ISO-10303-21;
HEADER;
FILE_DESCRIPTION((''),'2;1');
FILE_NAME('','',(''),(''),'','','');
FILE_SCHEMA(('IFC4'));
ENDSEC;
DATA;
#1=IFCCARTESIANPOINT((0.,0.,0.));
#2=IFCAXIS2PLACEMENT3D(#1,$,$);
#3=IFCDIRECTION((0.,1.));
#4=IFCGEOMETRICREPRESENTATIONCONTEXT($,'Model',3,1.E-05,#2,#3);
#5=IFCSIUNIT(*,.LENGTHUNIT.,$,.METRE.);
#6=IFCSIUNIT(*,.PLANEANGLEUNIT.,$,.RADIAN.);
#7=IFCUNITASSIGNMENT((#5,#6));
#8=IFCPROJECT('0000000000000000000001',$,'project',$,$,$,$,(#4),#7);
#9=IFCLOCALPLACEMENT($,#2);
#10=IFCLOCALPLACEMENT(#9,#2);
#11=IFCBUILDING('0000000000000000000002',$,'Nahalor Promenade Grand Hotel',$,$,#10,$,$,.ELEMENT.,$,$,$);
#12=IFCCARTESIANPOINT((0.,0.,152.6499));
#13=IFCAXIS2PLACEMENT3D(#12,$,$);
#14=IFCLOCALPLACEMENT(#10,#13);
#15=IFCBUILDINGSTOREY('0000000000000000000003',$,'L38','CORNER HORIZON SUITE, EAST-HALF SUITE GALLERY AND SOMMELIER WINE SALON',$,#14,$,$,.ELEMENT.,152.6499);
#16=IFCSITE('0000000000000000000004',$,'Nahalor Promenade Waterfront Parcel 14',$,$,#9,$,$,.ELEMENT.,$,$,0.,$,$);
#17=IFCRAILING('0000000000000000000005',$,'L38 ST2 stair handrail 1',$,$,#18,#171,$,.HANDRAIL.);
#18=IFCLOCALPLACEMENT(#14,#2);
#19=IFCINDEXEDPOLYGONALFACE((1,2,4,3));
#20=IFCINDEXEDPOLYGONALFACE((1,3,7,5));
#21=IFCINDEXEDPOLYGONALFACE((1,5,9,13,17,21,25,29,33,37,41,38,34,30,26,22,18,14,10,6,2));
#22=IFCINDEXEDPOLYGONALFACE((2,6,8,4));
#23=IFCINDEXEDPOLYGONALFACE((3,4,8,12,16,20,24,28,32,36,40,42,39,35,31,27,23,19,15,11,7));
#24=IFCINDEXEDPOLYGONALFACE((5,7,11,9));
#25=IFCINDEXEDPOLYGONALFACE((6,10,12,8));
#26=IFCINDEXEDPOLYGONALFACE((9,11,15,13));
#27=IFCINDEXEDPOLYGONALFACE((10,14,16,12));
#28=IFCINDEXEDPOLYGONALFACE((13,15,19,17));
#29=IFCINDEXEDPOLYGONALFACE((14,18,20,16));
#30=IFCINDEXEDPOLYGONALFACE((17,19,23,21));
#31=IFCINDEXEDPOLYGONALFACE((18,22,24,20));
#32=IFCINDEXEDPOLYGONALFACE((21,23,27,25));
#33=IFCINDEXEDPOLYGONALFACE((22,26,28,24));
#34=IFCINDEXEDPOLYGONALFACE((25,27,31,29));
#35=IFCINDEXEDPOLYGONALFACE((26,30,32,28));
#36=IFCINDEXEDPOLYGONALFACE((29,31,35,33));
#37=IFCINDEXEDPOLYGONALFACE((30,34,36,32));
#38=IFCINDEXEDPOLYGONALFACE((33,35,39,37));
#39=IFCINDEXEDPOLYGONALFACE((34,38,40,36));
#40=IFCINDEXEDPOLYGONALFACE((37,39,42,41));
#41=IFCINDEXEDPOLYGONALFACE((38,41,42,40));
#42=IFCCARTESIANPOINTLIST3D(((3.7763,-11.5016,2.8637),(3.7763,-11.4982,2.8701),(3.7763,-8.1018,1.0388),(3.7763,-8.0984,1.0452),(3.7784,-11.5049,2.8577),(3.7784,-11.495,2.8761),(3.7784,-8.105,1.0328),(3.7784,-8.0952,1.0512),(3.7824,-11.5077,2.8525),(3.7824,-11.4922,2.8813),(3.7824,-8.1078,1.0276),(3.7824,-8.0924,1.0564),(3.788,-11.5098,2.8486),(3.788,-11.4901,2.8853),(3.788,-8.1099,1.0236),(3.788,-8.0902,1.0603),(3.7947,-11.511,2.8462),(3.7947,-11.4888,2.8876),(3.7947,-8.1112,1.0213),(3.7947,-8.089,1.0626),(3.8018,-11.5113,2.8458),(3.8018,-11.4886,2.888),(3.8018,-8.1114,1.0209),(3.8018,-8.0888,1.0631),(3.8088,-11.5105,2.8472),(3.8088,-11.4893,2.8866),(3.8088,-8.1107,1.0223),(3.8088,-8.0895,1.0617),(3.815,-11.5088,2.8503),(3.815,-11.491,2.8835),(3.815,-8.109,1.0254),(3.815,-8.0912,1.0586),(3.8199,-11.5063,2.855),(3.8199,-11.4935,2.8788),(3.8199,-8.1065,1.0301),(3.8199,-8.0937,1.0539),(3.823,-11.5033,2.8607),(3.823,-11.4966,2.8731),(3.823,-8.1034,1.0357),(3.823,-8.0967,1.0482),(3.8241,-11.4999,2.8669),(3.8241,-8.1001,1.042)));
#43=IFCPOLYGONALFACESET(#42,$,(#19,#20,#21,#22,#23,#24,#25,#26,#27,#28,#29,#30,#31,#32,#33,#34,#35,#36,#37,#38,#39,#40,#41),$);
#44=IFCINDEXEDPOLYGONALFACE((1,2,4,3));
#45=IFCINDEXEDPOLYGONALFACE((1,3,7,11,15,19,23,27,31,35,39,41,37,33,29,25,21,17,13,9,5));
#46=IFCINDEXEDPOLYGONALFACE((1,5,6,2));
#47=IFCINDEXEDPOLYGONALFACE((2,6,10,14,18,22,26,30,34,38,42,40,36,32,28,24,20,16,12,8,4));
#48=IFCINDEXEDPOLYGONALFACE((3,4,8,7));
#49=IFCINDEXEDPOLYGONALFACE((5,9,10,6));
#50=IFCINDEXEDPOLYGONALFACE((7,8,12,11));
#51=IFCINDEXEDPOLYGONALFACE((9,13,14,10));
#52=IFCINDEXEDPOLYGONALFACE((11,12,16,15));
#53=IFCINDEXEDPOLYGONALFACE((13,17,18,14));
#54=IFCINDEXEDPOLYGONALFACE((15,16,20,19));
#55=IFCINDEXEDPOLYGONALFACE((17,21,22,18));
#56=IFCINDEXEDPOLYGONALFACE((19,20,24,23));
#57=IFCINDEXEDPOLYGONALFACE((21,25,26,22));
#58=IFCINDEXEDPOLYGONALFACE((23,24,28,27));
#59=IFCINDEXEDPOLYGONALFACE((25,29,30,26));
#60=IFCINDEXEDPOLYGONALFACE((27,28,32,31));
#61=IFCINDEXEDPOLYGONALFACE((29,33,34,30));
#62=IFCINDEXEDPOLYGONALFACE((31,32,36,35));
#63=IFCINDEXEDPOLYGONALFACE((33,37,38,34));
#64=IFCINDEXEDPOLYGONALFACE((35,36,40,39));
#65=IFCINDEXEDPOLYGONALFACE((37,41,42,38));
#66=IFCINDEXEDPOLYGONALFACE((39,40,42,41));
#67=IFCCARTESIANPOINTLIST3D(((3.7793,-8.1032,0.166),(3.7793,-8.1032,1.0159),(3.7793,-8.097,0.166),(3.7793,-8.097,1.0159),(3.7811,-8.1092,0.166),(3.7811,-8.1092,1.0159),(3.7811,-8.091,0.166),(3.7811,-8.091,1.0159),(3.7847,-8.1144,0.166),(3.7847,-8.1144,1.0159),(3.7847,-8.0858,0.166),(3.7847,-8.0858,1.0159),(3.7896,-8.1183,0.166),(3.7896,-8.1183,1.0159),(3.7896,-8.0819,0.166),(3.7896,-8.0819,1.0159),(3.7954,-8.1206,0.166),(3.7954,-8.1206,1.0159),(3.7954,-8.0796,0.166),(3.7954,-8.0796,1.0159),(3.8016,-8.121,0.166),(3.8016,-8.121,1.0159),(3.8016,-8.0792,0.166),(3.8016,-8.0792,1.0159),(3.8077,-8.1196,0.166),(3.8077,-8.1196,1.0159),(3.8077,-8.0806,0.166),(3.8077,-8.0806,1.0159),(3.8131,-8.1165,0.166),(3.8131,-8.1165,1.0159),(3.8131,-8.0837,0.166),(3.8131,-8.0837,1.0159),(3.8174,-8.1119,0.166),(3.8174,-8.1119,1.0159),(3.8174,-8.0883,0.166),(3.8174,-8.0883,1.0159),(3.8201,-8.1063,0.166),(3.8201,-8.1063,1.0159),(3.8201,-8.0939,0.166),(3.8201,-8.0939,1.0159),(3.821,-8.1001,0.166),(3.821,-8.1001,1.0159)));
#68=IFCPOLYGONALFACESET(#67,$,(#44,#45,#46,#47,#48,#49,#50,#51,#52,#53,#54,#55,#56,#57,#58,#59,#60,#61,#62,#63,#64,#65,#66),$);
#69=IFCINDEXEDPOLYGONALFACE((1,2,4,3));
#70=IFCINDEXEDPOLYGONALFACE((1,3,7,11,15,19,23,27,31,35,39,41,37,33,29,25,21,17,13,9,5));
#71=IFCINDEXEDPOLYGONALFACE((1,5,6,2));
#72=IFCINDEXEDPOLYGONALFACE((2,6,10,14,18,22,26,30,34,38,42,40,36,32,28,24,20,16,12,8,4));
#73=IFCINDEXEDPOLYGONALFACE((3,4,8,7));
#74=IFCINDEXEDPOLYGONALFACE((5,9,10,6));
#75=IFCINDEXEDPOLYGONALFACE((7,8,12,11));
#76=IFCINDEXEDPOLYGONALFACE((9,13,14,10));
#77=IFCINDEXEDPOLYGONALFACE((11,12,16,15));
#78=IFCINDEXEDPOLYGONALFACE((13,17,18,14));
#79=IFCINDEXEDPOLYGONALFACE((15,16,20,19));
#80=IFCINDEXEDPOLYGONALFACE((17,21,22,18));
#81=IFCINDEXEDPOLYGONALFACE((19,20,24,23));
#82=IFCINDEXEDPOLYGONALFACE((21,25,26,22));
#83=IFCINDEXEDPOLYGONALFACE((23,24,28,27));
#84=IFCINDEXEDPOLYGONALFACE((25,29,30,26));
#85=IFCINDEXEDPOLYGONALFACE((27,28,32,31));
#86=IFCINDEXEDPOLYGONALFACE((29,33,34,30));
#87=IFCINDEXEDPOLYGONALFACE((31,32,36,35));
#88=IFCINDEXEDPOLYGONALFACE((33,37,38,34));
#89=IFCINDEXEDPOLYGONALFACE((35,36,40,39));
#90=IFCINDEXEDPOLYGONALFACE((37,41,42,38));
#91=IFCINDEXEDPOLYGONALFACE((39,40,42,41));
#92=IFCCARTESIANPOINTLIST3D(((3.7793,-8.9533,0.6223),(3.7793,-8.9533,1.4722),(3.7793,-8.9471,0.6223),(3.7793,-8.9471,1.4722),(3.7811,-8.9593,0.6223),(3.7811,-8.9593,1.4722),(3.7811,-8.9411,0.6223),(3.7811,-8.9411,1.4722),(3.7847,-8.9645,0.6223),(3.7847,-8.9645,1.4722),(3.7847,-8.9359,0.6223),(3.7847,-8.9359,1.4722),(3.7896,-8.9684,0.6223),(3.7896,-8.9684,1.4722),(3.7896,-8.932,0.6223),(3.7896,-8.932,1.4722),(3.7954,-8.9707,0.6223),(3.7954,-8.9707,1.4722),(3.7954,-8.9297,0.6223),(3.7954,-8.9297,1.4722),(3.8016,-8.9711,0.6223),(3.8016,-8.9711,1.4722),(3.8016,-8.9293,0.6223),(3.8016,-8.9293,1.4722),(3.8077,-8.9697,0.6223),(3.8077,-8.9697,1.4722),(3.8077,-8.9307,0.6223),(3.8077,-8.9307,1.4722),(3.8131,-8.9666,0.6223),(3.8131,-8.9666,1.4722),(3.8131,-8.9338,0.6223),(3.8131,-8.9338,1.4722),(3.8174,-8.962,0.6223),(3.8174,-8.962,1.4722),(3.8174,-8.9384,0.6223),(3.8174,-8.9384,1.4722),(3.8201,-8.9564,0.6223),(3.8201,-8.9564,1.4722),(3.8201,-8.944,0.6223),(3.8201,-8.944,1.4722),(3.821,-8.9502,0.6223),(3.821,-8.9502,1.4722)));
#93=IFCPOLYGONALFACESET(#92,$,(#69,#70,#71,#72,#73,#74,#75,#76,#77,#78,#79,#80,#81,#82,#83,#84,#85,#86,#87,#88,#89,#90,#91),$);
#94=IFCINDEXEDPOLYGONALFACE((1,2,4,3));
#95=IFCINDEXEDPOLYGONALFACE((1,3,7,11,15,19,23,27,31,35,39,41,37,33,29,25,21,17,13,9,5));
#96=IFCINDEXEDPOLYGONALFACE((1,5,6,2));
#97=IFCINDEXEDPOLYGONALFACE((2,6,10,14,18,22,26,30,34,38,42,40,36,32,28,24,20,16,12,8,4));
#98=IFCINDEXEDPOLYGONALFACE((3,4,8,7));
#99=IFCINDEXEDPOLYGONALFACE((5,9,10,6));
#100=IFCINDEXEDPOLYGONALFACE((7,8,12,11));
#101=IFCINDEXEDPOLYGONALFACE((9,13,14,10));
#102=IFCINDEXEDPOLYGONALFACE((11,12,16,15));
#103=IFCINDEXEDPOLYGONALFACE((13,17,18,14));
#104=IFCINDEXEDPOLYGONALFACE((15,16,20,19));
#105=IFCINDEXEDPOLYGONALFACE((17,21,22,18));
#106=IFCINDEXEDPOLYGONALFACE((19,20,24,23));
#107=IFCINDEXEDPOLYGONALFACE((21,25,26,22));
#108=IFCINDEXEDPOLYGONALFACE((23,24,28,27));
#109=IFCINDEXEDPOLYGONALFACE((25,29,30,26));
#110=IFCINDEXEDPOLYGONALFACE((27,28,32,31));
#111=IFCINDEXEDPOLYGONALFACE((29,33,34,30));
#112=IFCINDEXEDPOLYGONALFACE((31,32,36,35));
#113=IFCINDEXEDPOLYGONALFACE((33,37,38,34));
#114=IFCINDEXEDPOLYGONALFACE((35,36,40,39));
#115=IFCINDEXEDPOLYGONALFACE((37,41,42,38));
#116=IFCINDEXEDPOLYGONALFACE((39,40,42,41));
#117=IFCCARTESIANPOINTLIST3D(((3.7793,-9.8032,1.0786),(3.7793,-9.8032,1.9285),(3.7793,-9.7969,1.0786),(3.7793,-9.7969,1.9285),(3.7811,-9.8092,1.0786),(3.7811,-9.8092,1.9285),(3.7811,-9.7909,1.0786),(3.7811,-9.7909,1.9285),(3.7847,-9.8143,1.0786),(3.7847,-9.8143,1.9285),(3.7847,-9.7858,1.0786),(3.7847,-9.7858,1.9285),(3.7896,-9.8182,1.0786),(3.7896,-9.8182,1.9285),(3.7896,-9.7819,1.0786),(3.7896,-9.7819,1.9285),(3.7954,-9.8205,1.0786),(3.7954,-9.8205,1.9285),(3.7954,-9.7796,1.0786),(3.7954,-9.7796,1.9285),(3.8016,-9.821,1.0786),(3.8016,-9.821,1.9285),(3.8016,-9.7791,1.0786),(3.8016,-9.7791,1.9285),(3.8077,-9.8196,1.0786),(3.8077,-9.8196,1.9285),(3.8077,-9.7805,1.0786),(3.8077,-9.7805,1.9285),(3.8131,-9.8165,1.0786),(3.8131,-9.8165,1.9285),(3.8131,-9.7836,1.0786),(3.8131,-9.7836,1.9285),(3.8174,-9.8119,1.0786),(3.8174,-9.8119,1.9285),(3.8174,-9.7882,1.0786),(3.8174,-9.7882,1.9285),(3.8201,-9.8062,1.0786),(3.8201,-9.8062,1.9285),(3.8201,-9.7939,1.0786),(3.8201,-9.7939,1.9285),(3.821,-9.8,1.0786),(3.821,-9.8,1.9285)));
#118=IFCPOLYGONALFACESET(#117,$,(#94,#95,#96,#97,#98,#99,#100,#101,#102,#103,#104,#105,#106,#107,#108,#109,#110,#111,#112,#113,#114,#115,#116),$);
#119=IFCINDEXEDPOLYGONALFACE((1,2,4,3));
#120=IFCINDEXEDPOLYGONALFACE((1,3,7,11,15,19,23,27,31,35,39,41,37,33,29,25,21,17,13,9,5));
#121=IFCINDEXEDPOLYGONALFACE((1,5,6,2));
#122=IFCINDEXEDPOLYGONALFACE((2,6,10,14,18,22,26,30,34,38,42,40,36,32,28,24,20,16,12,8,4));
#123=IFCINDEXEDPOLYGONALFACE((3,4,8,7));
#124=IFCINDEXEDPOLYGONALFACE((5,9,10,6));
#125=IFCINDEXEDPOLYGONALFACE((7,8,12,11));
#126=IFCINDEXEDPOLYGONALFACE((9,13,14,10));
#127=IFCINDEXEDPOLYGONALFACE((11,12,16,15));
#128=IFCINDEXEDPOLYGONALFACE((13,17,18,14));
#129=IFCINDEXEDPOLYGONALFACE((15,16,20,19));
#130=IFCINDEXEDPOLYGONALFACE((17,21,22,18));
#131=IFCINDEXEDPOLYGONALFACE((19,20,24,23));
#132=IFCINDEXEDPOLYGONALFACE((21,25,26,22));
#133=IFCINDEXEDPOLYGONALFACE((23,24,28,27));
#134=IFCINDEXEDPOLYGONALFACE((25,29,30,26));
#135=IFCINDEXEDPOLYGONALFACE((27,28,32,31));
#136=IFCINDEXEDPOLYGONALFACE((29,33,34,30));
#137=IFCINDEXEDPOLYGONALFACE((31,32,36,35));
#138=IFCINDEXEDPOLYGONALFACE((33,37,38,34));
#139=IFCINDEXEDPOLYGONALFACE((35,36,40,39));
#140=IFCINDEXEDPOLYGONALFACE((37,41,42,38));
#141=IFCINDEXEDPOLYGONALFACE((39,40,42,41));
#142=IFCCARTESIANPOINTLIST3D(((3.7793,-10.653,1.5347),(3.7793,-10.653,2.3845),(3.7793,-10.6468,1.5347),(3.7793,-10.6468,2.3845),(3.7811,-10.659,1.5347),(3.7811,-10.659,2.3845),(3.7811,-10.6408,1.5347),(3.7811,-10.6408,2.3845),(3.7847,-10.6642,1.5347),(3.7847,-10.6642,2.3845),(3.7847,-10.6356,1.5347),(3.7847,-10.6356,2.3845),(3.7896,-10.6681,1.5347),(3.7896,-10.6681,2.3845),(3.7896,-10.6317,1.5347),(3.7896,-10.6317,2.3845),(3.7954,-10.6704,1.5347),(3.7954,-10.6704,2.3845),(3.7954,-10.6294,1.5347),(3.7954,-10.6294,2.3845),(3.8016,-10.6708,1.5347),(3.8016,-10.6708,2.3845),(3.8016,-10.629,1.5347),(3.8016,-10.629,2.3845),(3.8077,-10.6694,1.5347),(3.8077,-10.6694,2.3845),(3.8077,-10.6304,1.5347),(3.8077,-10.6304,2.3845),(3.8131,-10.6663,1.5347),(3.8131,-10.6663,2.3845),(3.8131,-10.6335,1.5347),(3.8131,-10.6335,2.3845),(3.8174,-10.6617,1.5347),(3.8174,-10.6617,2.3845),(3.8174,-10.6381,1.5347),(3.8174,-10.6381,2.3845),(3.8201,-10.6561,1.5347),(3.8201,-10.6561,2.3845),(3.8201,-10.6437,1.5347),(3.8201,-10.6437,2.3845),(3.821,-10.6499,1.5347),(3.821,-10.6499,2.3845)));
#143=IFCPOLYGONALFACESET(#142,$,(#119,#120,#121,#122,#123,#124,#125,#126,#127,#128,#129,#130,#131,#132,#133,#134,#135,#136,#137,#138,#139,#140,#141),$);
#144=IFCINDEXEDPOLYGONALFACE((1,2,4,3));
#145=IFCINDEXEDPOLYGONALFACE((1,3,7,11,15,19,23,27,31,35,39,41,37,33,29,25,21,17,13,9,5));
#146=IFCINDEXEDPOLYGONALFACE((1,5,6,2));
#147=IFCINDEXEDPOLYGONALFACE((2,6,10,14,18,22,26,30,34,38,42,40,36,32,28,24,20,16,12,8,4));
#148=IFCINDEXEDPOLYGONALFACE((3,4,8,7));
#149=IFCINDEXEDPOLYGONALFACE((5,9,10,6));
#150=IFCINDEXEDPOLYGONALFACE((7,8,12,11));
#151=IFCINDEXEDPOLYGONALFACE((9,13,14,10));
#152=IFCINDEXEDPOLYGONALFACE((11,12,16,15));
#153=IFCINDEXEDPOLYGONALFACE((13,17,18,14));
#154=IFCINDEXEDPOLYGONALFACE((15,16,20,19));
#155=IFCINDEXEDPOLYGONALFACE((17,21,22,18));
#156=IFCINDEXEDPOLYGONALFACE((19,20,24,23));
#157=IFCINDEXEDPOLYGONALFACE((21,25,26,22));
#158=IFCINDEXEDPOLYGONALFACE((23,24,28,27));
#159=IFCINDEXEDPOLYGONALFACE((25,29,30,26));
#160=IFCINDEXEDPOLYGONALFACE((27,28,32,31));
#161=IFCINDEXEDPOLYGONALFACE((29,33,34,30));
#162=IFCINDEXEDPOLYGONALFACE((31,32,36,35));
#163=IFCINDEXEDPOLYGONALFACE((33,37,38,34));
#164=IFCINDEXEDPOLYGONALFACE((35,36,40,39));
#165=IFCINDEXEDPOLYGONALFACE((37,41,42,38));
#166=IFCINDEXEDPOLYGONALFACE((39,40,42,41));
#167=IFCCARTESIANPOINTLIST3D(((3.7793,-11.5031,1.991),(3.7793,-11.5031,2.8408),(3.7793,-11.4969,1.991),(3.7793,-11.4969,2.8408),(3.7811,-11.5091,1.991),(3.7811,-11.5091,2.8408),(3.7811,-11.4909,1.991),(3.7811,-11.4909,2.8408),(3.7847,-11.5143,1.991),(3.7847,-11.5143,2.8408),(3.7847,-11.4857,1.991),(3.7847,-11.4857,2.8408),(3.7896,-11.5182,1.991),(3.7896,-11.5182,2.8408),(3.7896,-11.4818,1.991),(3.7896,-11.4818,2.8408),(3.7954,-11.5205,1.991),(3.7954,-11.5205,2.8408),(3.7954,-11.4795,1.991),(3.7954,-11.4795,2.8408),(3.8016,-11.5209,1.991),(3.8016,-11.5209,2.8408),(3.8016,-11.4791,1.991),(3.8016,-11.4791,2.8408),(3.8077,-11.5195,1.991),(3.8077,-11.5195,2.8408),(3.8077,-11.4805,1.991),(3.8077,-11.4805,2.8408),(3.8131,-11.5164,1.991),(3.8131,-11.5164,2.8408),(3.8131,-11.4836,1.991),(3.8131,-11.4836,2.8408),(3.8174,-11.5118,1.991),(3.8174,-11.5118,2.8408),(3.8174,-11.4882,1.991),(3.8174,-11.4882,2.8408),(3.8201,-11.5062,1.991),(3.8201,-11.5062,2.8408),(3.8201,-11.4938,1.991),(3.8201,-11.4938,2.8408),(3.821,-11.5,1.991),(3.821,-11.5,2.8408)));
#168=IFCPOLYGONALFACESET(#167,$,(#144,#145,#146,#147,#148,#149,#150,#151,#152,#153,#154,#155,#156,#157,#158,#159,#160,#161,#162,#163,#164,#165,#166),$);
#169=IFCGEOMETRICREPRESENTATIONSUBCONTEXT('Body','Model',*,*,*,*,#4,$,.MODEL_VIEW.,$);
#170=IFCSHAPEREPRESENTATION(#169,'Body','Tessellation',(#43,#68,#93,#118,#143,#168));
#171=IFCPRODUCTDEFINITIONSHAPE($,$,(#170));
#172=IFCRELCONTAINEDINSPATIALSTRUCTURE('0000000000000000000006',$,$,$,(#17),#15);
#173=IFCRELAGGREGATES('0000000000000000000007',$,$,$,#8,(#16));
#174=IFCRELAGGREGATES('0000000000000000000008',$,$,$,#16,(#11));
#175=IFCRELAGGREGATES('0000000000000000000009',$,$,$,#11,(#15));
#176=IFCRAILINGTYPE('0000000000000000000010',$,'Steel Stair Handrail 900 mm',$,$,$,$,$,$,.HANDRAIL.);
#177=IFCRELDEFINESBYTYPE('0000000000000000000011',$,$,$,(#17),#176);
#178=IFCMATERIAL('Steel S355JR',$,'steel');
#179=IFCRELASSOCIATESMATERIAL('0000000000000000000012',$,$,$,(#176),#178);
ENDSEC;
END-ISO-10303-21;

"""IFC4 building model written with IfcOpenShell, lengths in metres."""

from ifc_helpers import new_model, si_unit, direction, frame, origin, origin_2d, place, context, subcontext, project, spatial, circle, extrude, material, type_object, element, save


model = new_model("IFC4")

# Units and contexts
model_context = context("Model", 3, precision=1e-05, world=origin(), true_north=direction((0.0, 1.0)))
body_context = subcontext(model_context, "Body", "Model", "MODEL_VIEW")
ifc_project = project(units=[si_unit("LENGTHUNIT", "METRE"), si_unit("PLANEANGLEUNIT", "RADIAN")], contexts=[model_context])

# Site, building, storey
site_placement = place(None, origin())
site = spatial("IfcSite", under=ifc_project, at=site_placement, Name="Nahalor Promenade Waterfront Parcel 14", CompositionType="ELEMENT", RefElevation=0.0)
building_placement = place(site_placement, origin())
building = spatial("IfcBuilding", under=site, at=building_placement, Name="Nahalor Promenade Grand Hotel", CompositionType="ELEMENT")
storey_placement = place(building_placement, frame((0.0, 0.0, 152.6499)))
storey = spatial("IfcBuildingStorey", under=building, at=storey_placement, Name="L38", Description="CORNER HORIZON SUITE, EAST-HALF SUITE GALLERY AND SOMMELIER WINE SALON", CompositionType="ELEMENT", Elevation=152.6499)

# Shared definitions
ifc_material_1 = material(Name="Steel S355JR", Category="steel")

# Railing
railing_type_1 = type_object("IfcRailingType", Name="Steel Stair Handrail 900 mm", PredefinedType="HANDRAIL", material=ifc_material_1)
railing_1_placement = place(storey_placement, frame((3.8, -8.1001, 0.166)))
element("IfcRailing", 1, at=railing_1_placement, inside=storey, type_object=railing_type_1, Name="L38 ST2 stair handrail 1", PredefinedType="HANDRAIL", context=body_context, shape_type="SweptSolid", body=[
    extrude(circle(Radius=0.024, at=origin_2d()), frame((0.0, 0.0, 0.876), z_axis=(0.0, -0.881094, 0.472941), x_axis=(1.0, 0.0, 0.0)), (0.0, 0.0, 1.0), 3.8586),
    extrude(circle(Radius=0.021, at=origin_2d()), origin(), (0.0, 0.0, 1.0), 0.8499),
    extrude(circle(Radius=0.021, at=origin_2d()), frame((0.0, -0.8501, 0.4563)), (0.0, 0.0, 1.0), 0.8499),
    extrude(circle(Radius=0.021, at=origin_2d()), frame((0.0, -1.7, 0.9126)), (0.0, 0.0, 1.0), 0.8499),
    extrude(circle(Radius=0.021, at=origin_2d()), frame((0.0, -2.5498, 1.3687)), (0.0, 0.0, 1.0), 0.8499),
    extrude(circle(Radius=0.021, at=origin_2d()), frame((0.0, -3.3999, 1.825)), (0.0, 0.0, 1.0), 0.8499),
])

save(model, "model.ifc")
